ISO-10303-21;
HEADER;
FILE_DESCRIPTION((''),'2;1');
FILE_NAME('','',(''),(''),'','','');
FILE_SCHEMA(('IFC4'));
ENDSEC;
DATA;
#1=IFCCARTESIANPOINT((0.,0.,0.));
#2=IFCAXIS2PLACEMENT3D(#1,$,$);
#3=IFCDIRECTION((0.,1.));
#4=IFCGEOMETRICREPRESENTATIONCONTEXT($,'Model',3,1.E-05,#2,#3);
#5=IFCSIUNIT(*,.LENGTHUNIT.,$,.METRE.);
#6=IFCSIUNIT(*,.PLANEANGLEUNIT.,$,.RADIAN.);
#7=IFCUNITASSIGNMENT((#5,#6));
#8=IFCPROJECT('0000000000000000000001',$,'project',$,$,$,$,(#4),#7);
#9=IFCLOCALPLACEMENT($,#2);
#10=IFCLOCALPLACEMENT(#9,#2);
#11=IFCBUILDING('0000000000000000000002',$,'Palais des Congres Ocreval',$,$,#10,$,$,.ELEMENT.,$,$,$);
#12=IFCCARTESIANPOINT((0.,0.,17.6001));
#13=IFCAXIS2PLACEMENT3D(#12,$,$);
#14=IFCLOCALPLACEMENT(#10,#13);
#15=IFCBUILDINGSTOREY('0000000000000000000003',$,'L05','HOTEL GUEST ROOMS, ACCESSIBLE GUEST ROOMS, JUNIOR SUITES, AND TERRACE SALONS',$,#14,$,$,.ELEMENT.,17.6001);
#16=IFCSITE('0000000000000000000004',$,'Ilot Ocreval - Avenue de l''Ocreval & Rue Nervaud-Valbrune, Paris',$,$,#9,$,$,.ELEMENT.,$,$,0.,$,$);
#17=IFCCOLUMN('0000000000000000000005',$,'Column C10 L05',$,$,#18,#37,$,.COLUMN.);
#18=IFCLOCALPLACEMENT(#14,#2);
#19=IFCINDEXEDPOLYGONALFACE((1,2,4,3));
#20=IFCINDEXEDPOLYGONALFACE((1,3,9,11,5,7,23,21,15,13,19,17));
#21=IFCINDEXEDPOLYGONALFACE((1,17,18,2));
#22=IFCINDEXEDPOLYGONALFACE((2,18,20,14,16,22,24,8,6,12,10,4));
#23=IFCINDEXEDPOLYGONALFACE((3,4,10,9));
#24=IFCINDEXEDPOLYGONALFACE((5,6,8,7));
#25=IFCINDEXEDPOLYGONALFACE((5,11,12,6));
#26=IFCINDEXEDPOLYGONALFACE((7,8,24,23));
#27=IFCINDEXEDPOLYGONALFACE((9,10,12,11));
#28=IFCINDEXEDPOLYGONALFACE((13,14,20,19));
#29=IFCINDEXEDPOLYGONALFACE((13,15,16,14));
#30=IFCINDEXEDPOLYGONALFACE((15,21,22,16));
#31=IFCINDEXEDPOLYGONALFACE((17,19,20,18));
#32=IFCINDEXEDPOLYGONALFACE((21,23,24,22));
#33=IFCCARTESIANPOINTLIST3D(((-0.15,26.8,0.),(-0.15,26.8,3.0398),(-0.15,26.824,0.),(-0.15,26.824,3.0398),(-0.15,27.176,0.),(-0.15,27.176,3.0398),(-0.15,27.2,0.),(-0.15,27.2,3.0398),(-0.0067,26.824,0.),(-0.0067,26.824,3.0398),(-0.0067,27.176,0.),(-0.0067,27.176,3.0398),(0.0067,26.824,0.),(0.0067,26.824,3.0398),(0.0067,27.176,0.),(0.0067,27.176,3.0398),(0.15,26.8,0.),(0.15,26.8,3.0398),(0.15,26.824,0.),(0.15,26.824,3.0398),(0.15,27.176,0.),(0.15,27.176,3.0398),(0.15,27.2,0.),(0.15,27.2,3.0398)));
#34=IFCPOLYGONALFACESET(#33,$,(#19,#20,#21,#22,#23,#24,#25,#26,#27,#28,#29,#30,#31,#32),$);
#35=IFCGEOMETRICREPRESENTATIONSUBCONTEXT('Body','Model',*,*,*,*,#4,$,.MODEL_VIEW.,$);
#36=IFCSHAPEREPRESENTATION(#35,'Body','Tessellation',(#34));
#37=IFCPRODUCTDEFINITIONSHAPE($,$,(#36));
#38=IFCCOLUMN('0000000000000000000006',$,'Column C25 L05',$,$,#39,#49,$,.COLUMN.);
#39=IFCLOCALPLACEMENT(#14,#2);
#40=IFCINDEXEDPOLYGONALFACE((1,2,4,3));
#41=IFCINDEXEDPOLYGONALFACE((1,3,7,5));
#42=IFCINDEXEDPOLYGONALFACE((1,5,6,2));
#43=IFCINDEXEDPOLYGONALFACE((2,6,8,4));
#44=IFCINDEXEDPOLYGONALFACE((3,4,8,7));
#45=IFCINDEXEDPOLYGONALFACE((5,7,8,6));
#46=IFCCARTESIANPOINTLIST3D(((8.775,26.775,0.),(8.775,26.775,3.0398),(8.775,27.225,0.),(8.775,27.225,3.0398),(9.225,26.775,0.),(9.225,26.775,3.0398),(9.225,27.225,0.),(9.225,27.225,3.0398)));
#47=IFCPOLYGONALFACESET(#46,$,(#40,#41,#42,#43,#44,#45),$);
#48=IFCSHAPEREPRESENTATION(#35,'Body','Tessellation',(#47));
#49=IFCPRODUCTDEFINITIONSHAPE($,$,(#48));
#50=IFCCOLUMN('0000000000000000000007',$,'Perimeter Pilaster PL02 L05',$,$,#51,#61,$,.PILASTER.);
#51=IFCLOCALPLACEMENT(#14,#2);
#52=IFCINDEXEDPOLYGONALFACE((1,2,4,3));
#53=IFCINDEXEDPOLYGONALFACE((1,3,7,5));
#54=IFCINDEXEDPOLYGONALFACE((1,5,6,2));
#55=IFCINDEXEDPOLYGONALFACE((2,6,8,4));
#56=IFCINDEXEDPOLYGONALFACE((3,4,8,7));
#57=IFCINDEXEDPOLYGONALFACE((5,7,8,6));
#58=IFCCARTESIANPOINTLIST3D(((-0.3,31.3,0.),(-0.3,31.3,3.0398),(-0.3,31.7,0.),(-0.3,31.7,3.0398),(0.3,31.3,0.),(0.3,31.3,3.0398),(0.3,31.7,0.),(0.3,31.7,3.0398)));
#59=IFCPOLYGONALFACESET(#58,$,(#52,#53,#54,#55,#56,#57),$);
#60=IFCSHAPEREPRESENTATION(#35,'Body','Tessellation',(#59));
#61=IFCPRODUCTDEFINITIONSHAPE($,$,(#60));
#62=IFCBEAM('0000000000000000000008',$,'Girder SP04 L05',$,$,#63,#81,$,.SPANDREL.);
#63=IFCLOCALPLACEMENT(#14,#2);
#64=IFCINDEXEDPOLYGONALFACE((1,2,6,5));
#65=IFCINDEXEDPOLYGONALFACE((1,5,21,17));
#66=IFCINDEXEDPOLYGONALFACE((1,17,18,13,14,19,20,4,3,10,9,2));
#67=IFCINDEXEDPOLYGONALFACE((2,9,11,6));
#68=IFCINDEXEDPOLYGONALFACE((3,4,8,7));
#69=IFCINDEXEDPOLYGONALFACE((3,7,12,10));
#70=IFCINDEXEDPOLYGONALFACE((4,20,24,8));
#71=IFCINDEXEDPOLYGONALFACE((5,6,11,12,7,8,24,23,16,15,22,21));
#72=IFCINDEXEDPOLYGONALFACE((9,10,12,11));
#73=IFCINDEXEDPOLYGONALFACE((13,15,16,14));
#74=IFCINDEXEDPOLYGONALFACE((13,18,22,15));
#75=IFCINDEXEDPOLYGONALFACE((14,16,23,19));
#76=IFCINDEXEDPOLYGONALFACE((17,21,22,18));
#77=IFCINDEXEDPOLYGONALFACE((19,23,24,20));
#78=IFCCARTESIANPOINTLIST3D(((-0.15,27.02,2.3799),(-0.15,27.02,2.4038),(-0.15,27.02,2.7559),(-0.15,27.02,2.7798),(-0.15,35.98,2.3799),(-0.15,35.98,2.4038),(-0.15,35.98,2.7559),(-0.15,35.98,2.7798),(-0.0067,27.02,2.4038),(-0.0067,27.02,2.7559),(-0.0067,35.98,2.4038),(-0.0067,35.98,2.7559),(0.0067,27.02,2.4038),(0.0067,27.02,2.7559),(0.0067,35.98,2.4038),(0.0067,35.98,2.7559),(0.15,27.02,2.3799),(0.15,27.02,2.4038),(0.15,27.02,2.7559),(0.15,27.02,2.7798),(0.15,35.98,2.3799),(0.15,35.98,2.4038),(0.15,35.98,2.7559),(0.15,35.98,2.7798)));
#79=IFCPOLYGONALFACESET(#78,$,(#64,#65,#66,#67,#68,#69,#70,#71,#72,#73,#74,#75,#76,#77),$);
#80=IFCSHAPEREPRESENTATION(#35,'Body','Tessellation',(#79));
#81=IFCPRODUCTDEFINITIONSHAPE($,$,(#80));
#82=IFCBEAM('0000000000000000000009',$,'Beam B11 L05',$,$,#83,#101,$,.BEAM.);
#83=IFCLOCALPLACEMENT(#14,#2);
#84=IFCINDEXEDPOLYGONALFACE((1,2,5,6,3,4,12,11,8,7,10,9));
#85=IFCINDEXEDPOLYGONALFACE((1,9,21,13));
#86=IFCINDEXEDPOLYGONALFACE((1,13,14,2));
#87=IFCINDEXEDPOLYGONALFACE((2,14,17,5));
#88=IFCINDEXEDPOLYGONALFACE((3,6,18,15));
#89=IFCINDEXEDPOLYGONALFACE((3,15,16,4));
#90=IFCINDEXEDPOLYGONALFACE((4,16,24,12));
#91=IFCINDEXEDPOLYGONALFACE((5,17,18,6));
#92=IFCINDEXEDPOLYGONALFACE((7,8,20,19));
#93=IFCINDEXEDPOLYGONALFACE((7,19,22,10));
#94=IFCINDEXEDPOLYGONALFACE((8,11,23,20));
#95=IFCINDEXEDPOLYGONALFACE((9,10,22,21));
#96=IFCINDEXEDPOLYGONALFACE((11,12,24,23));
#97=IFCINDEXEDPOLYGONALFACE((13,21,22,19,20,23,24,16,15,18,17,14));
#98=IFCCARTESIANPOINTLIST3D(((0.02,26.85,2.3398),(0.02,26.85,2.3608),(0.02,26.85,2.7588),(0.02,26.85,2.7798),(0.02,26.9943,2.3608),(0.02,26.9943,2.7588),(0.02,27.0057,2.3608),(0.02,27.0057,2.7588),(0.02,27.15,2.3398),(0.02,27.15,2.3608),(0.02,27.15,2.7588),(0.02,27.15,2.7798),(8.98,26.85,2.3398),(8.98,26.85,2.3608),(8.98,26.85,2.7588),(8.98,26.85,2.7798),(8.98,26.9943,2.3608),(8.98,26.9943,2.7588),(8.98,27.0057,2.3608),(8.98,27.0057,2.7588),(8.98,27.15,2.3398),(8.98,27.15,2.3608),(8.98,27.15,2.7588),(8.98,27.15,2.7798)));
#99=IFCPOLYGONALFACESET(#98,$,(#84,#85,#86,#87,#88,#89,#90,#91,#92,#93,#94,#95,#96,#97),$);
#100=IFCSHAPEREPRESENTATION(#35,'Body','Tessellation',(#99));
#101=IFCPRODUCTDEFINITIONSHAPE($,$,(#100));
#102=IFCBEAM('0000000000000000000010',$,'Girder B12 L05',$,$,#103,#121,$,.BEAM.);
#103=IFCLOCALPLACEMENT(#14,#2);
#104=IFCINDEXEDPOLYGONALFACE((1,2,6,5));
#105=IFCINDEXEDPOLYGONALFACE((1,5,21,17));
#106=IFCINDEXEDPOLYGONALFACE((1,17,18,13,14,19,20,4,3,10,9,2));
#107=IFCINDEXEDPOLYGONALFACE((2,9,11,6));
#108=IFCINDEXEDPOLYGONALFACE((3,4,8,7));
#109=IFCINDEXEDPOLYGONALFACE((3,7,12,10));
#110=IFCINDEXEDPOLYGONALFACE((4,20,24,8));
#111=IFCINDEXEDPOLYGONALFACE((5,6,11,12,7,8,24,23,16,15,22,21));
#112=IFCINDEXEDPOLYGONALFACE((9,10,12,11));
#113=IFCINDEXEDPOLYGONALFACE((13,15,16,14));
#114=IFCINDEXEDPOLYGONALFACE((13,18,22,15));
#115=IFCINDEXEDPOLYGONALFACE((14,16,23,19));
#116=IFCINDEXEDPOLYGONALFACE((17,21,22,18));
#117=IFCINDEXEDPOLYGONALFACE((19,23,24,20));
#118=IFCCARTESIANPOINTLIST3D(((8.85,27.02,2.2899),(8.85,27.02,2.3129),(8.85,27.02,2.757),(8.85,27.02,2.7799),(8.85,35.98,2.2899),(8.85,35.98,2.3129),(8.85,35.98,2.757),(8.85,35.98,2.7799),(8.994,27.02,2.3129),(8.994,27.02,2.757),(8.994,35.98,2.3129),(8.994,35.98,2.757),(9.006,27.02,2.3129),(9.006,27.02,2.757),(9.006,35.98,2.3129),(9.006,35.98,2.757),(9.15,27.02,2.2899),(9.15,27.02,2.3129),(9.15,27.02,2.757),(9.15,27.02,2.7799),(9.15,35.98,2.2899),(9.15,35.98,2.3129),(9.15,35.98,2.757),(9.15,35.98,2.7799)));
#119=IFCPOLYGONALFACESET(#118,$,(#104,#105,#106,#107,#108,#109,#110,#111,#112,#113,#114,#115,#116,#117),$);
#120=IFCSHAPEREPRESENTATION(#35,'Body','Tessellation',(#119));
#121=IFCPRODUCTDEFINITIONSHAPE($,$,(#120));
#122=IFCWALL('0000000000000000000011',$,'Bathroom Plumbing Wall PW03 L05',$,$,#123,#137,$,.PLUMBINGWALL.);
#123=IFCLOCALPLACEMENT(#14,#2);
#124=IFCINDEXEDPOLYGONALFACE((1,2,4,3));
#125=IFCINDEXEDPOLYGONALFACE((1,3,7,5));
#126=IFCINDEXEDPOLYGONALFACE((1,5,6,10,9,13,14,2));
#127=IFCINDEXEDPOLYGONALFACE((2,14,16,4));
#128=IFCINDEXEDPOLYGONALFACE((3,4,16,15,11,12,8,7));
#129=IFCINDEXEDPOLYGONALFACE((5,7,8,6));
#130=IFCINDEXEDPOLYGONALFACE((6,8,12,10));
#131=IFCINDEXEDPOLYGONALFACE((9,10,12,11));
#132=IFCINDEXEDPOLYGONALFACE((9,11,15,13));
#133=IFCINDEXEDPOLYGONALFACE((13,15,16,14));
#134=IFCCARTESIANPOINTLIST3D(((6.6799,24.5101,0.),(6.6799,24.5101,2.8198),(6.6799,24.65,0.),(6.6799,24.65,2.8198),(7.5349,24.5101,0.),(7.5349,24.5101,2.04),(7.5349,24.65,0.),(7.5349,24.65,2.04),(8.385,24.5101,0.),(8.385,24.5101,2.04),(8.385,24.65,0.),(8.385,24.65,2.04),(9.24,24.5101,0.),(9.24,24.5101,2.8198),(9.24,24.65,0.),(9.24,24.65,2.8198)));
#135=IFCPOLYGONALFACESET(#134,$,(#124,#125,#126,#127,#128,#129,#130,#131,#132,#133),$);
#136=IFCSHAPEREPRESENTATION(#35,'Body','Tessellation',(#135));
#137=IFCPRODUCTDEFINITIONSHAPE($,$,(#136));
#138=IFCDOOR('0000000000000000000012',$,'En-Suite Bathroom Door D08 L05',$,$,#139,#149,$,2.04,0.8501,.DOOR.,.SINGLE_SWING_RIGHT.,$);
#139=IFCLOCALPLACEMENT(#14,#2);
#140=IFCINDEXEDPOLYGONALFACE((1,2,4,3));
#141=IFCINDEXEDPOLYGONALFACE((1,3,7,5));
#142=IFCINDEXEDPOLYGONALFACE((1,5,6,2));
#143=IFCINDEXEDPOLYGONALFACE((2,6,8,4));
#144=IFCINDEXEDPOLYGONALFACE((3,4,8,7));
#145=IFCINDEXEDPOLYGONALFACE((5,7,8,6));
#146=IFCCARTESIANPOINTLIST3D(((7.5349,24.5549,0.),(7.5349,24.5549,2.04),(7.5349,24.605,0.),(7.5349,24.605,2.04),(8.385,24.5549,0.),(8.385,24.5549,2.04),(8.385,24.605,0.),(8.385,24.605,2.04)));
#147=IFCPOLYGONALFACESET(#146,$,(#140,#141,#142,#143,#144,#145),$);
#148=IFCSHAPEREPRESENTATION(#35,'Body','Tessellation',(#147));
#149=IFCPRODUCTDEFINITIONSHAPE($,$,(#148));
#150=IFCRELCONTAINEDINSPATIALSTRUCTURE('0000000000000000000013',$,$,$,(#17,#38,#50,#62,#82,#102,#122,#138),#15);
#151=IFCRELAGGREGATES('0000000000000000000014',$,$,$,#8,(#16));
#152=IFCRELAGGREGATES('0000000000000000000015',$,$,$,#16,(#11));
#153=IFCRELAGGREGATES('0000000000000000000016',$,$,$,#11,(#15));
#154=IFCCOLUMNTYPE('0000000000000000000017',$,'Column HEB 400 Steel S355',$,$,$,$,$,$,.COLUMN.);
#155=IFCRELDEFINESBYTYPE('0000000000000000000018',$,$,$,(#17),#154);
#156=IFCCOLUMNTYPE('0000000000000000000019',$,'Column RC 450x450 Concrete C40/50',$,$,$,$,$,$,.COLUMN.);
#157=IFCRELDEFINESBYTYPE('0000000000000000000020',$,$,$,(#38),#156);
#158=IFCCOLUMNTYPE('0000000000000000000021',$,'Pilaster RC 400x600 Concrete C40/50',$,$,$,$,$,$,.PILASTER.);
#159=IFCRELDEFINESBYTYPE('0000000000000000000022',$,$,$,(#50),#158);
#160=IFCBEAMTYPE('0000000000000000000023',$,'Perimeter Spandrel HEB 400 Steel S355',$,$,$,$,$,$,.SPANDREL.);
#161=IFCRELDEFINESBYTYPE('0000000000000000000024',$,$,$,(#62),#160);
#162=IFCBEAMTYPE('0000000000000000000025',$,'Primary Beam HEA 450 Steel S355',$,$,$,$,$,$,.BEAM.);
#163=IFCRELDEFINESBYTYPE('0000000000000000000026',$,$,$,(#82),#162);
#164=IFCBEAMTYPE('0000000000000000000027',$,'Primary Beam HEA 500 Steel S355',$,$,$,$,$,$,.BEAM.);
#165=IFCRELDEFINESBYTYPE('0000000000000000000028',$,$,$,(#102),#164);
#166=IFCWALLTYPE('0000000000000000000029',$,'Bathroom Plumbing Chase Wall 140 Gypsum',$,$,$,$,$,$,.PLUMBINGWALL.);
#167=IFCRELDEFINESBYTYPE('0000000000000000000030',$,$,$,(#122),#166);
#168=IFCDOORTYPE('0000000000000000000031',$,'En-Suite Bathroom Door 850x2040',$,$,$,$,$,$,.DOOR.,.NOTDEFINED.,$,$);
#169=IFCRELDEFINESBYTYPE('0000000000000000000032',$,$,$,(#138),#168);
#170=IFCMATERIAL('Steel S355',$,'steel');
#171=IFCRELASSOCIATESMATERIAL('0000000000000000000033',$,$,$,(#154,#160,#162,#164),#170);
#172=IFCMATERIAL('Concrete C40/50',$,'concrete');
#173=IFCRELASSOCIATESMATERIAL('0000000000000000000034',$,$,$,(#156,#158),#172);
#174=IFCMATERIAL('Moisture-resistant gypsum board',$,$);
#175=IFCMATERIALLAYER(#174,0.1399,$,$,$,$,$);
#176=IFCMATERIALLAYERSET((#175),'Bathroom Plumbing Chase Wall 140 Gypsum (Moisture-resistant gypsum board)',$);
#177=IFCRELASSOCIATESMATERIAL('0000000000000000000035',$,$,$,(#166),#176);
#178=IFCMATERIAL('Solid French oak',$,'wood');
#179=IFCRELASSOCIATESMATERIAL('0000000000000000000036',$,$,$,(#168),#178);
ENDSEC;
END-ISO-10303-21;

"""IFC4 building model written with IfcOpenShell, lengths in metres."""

from ifc_helpers import new_model, si_unit, direction, frame, frame_2d, origin, origin_2d, place, context, subcontext, project, spatial, rectangle, i_section, extrude, material, layer, layer_set, material_profile, profile_set, type_object, element, fill, save


model = new_model("IFC4")

# Units and contexts
model_context = context("Model", 3, precision=1e-05, world=origin(), true_north=direction((0.0, 1.0)))
body_context = subcontext(model_context, "Body", "Model", "MODEL_VIEW")
ifc_project = project(units=[si_unit("LENGTHUNIT", "METRE"), si_unit("PLANEANGLEUNIT", "RADIAN")], contexts=[model_context])

# Site, building, storey
site_placement = place(None, origin())
site = spatial("IfcSite", under=ifc_project, at=site_placement, Name="Ilot Ocreval - Avenue de l'Ocreval & Rue Nervaud-Valbrune, Paris", CompositionType="ELEMENT", RefElevation=0.0)
building_placement = place(site_placement, origin())
building = spatial("IfcBuilding", under=site, at=building_placement, Name="Palais des Congres Ocreval", CompositionType="ELEMENT")
storey_placement = place(building_placement, frame((0.0, 0.0, 17.6001)))
storey = spatial("IfcBuildingStorey", under=building, at=storey_placement, Name="L05", Description="HOTEL GUEST ROOMS, ACCESSIBLE GUEST ROOMS, JUNIOR SUITES, AND TERRACE SALONS", CompositionType="ELEMENT", Elevation=17.6001)

# Columns
ifc_material_1 = material(Name="Steel S355", Category="steel")
ifc_material_profile_1 = material_profile(ifc_material_1, i_section(OverallWidth=0.3, OverallDepth=0.3999, WebThickness=0.0134, FlangeThickness=0.0239, at=origin_2d()), Name="HEB 400")
ifc_profile_set_1 = profile_set([ifc_material_profile_1], Name="Steel S355")
column_type_1 = type_object("IfcColumnType", Name="Column HEB 400 Steel S355", PredefinedType="COLUMN", material=ifc_profile_set_1)
column_1_placement = place(storey_placement, frame((0.0, 27.0, 0.0), z_axis=(0.0, 0.0, 1.0), x_axis=(1.0, 0.0, 0.0)))
element("IfcColumn", 1, at=column_1_placement, inside=storey, type_object=column_type_1, Name="Column C10 L05", PredefinedType="COLUMN", context=body_context, shape_type="SweptSolid", body=[
    extrude(i_section(OverallWidth=0.3, OverallDepth=0.3999, WebThickness=0.0134, FlangeThickness=0.0239, at=origin_2d()), origin(), (0.0, 0.0, 1.0), 3.0398),
])
ifc_material_2 = material(Name="Concrete C40/50", Category="concrete")
ifc_material_profile_2 = material_profile(ifc_material_2, rectangle(XDim=0.45, YDim=0.45, at=origin_2d()), Name="RC 450x450")
ifc_profile_set_2 = profile_set([ifc_material_profile_2], Name="Concrete C40/50")
column_type_2 = type_object("IfcColumnType", Name="Column RC 450x450 Concrete C40/50", PredefinedType="COLUMN", material=ifc_profile_set_2)
column_2_placement = place(storey_placement, frame((9.0, 27.0, 0.0), z_axis=(0.0, 0.0, 1.0), x_axis=(1.0, 0.0, 0.0)))
element("IfcColumn", 2, at=column_2_placement, inside=storey, type_object=column_type_2, Name="Column C25 L05", PredefinedType="COLUMN", context=body_context, shape_type="SweptSolid", body=[
    extrude(rectangle(XDim=0.45, YDim=0.45, at=origin_2d()), origin(), (0.0, 0.0, 1.0), 3.0398),
])
ifc_material_profile_3 = material_profile(ifc_material_2, rectangle(XDim=0.3999, YDim=0.6001, at=origin_2d()), Name="RC 400x600")
ifc_profile_set_3 = profile_set([ifc_material_profile_3], Name="Concrete C40/50")
column_type_3 = type_object("IfcColumnType", Name="Pilaster RC 400x600 Concrete C40/50", PredefinedType="PILASTER", material=ifc_profile_set_3)
column_3_placement = place(storey_placement, frame((0.0, 31.5, 0.0), z_axis=(0.0, 0.0, 1.0), x_axis=(0.0, 1.0, 0.0)))
element("IfcColumn", 3, at=column_3_placement, inside=storey, type_object=column_type_3, Name="Perimeter Pilaster PL02 L05", PredefinedType="PILASTER", context=body_context, shape_type="SweptSolid", body=[
    extrude(rectangle(XDim=0.3999, YDim=0.6001, at=origin_2d()), origin(), (0.0, 0.0, 1.0), 3.0398),
])

# Beams
ifc_material_profile_4 = material_profile(ifc_material_1, i_section(OverallWidth=0.3, OverallDepth=0.3999, WebThickness=0.0134, FlangeThickness=0.0239, at=origin_2d()), Name="HEB 400")
ifc_profile_set_4 = profile_set([ifc_material_profile_4], Name="Steel S355")
beam_type_1 = type_object("IfcBeamType", Name="Perimeter Spandrel HEB 400 Steel S355", PredefinedType="SPANDREL", material=ifc_profile_set_4)
beam_1_placement = place(storey_placement, frame((0.0, 27.02, 2.5798), z_axis=(0.0, 1.0, 0.0), x_axis=(-1.0, 0.0, 0.0)))
element("IfcBeam", 4, at=beam_1_placement, inside=storey, type_object=beam_type_1, Name="Girder SP04 L05", PredefinedType="SPANDREL", context=body_context, shape_type="SweptSolid", body=[
    extrude(i_section(OverallWidth=0.3, OverallDepth=0.3999, WebThickness=0.0134, FlangeThickness=0.0239, at=origin_2d()), origin(), (0.0, 0.0, 1.0), 8.96),
])
ifc_material_profile_5 = material_profile(ifc_material_1, i_section(OverallWidth=0.3, OverallDepth=0.4399, WebThickness=0.0115, FlangeThickness=0.021, at=origin_2d()), Name="HEA 450")
ifc_profile_set_5 = profile_set([ifc_material_profile_5], Name="Steel S355")
beam_type_2 = type_object("IfcBeamType", Name="Primary Beam HEA 450 Steel S355", PredefinedType="BEAM", material=ifc_profile_set_5)
beam_2_placement = place(storey_placement, frame((0.02, 27.0, 2.5598), z_axis=(1.0, 0.0, 0.0), x_axis=(0.0, 1.0, 0.0)))
element("IfcBeam", 5, at=beam_2_placement, inside=storey, type_object=beam_type_2, Name="Beam B11 L05", PredefinedType="BEAM", context=body_context, shape_type="SweptSolid", body=[
    extrude(i_section(OverallWidth=0.3, OverallDepth=0.4399, WebThickness=0.0115, FlangeThickness=0.021, at=origin_2d()), origin(), (0.0, 0.0, 1.0), 8.96),
])
ifc_material_profile_6 = material_profile(ifc_material_1, i_section(OverallWidth=0.3, OverallDepth=0.49, WebThickness=0.012, FlangeThickness=0.0229, at=origin_2d()), Name="HEA 500")
ifc_profile_set_6 = profile_set([ifc_material_profile_6], Name="Steel S355")
beam_type_3 = type_object("IfcBeamType", Name="Primary Beam HEA 500 Steel S355", PredefinedType="BEAM", material=ifc_profile_set_6)
beam_3_placement = place(storey_placement, frame((9.0, 27.02, 2.5349), z_axis=(0.0, 1.0, 0.0), x_axis=(-1.0, 0.0, 0.0)))
element("IfcBeam", 6, at=beam_3_placement, inside=storey, type_object=beam_type_3, Name="Girder B12 L05", PredefinedType="BEAM", context=body_context, shape_type="SweptSolid", body=[
    extrude(i_section(OverallWidth=0.3, OverallDepth=0.49, WebThickness=0.012, FlangeThickness=0.0229, at=origin_2d()), origin(), (0.0, 0.0, 1.0), 8.96),
])

# Wall, opening, door
ifc_material_3 = material(Name="Moisture-resistant gypsum board")
ifc_layer_1 = layer(ifc_material_3, 0.1399)
ifc_layer_set_1 = layer_set([ifc_layer_1], Name="Bathroom Plumbing Chase Wall 140 Gypsum (Moisture-resistant gypsum board)")
wall_type_1 = type_object("IfcWallType", Name="Bathroom Plumbing Chase Wall 140 Gypsum", PredefinedType="PLUMBINGWALL", material=ifc_layer_set_1)
wall_1_placement = place(storey_placement, frame((6.6799, 24.5801, 0.0), z_axis=(0.0, 0.0, 1.0), x_axis=(1.0, 0.0, 0.0)))
wall_1 = element("IfcWall", 7, at=wall_1_placement, inside=storey, type_object=wall_type_1, Name="Bathroom Plumbing Wall PW03 L05", PredefinedType="PLUMBINGWALL", context=body_context, shape_type="SweptSolid", body=[
    extrude(rectangle(XDim=2.5601, YDim=0.1399, at=frame_2d((1.28, 0.0))), origin(), (0.0, 0.0, 1.0), 2.8198),
])
opening_1_placement = place(wall_1_placement, frame((0.855, 0.0, 0.0)))
opening_1 = element("IfcOpeningElement", 8, at=opening_1_placement, cuts=wall_1, PredefinedType="OPENING", context=body_context, shape_type="SweptSolid", body=[
    extrude(rectangle(XDim=0.8501, YDim=2.04, at=frame_2d((0.425, 1.02))), frame((0.0, 0.0798, 0.0), z_axis=(0.0, -1.0, 0.0), x_axis=(1.0, 0.0, 0.0)), (0.0, 0.0, 1.0), 0.1599),
])
ifc_material_4 = material(Name="Solid French oak", Category="wood")
door_type = type_object("IfcDoorType", Name="En-Suite Bathroom Door 850x2040", OperationType="NOTDEFINED", PredefinedType="DOOR", material=ifc_material_4)
door_1_placement = place(opening_1_placement, origin())
door_1 = element("IfcDoor", 9, at=door_1_placement, inside=storey, type_object=door_type, Name="En-Suite Bathroom Door D08 L05", OperationType="SINGLE_SWING_RIGHT", OverallHeight=2.04, OverallWidth=0.8501, PredefinedType="DOOR", context=body_context, shape_type="SweptSolid", body=[
    extrude(rectangle(XDim=0.8501, YDim=2.04, at=frame_2d((0.425, 1.02))), frame((0.0, 0.0249, 0.0), z_axis=(0.0, -1.0, 0.0), x_axis=(1.0, 0.0, 0.0)), (0.0, 0.0, 1.0), 0.05),
])
fill(opening_1, door_1)

save(model, "model.ifc")
